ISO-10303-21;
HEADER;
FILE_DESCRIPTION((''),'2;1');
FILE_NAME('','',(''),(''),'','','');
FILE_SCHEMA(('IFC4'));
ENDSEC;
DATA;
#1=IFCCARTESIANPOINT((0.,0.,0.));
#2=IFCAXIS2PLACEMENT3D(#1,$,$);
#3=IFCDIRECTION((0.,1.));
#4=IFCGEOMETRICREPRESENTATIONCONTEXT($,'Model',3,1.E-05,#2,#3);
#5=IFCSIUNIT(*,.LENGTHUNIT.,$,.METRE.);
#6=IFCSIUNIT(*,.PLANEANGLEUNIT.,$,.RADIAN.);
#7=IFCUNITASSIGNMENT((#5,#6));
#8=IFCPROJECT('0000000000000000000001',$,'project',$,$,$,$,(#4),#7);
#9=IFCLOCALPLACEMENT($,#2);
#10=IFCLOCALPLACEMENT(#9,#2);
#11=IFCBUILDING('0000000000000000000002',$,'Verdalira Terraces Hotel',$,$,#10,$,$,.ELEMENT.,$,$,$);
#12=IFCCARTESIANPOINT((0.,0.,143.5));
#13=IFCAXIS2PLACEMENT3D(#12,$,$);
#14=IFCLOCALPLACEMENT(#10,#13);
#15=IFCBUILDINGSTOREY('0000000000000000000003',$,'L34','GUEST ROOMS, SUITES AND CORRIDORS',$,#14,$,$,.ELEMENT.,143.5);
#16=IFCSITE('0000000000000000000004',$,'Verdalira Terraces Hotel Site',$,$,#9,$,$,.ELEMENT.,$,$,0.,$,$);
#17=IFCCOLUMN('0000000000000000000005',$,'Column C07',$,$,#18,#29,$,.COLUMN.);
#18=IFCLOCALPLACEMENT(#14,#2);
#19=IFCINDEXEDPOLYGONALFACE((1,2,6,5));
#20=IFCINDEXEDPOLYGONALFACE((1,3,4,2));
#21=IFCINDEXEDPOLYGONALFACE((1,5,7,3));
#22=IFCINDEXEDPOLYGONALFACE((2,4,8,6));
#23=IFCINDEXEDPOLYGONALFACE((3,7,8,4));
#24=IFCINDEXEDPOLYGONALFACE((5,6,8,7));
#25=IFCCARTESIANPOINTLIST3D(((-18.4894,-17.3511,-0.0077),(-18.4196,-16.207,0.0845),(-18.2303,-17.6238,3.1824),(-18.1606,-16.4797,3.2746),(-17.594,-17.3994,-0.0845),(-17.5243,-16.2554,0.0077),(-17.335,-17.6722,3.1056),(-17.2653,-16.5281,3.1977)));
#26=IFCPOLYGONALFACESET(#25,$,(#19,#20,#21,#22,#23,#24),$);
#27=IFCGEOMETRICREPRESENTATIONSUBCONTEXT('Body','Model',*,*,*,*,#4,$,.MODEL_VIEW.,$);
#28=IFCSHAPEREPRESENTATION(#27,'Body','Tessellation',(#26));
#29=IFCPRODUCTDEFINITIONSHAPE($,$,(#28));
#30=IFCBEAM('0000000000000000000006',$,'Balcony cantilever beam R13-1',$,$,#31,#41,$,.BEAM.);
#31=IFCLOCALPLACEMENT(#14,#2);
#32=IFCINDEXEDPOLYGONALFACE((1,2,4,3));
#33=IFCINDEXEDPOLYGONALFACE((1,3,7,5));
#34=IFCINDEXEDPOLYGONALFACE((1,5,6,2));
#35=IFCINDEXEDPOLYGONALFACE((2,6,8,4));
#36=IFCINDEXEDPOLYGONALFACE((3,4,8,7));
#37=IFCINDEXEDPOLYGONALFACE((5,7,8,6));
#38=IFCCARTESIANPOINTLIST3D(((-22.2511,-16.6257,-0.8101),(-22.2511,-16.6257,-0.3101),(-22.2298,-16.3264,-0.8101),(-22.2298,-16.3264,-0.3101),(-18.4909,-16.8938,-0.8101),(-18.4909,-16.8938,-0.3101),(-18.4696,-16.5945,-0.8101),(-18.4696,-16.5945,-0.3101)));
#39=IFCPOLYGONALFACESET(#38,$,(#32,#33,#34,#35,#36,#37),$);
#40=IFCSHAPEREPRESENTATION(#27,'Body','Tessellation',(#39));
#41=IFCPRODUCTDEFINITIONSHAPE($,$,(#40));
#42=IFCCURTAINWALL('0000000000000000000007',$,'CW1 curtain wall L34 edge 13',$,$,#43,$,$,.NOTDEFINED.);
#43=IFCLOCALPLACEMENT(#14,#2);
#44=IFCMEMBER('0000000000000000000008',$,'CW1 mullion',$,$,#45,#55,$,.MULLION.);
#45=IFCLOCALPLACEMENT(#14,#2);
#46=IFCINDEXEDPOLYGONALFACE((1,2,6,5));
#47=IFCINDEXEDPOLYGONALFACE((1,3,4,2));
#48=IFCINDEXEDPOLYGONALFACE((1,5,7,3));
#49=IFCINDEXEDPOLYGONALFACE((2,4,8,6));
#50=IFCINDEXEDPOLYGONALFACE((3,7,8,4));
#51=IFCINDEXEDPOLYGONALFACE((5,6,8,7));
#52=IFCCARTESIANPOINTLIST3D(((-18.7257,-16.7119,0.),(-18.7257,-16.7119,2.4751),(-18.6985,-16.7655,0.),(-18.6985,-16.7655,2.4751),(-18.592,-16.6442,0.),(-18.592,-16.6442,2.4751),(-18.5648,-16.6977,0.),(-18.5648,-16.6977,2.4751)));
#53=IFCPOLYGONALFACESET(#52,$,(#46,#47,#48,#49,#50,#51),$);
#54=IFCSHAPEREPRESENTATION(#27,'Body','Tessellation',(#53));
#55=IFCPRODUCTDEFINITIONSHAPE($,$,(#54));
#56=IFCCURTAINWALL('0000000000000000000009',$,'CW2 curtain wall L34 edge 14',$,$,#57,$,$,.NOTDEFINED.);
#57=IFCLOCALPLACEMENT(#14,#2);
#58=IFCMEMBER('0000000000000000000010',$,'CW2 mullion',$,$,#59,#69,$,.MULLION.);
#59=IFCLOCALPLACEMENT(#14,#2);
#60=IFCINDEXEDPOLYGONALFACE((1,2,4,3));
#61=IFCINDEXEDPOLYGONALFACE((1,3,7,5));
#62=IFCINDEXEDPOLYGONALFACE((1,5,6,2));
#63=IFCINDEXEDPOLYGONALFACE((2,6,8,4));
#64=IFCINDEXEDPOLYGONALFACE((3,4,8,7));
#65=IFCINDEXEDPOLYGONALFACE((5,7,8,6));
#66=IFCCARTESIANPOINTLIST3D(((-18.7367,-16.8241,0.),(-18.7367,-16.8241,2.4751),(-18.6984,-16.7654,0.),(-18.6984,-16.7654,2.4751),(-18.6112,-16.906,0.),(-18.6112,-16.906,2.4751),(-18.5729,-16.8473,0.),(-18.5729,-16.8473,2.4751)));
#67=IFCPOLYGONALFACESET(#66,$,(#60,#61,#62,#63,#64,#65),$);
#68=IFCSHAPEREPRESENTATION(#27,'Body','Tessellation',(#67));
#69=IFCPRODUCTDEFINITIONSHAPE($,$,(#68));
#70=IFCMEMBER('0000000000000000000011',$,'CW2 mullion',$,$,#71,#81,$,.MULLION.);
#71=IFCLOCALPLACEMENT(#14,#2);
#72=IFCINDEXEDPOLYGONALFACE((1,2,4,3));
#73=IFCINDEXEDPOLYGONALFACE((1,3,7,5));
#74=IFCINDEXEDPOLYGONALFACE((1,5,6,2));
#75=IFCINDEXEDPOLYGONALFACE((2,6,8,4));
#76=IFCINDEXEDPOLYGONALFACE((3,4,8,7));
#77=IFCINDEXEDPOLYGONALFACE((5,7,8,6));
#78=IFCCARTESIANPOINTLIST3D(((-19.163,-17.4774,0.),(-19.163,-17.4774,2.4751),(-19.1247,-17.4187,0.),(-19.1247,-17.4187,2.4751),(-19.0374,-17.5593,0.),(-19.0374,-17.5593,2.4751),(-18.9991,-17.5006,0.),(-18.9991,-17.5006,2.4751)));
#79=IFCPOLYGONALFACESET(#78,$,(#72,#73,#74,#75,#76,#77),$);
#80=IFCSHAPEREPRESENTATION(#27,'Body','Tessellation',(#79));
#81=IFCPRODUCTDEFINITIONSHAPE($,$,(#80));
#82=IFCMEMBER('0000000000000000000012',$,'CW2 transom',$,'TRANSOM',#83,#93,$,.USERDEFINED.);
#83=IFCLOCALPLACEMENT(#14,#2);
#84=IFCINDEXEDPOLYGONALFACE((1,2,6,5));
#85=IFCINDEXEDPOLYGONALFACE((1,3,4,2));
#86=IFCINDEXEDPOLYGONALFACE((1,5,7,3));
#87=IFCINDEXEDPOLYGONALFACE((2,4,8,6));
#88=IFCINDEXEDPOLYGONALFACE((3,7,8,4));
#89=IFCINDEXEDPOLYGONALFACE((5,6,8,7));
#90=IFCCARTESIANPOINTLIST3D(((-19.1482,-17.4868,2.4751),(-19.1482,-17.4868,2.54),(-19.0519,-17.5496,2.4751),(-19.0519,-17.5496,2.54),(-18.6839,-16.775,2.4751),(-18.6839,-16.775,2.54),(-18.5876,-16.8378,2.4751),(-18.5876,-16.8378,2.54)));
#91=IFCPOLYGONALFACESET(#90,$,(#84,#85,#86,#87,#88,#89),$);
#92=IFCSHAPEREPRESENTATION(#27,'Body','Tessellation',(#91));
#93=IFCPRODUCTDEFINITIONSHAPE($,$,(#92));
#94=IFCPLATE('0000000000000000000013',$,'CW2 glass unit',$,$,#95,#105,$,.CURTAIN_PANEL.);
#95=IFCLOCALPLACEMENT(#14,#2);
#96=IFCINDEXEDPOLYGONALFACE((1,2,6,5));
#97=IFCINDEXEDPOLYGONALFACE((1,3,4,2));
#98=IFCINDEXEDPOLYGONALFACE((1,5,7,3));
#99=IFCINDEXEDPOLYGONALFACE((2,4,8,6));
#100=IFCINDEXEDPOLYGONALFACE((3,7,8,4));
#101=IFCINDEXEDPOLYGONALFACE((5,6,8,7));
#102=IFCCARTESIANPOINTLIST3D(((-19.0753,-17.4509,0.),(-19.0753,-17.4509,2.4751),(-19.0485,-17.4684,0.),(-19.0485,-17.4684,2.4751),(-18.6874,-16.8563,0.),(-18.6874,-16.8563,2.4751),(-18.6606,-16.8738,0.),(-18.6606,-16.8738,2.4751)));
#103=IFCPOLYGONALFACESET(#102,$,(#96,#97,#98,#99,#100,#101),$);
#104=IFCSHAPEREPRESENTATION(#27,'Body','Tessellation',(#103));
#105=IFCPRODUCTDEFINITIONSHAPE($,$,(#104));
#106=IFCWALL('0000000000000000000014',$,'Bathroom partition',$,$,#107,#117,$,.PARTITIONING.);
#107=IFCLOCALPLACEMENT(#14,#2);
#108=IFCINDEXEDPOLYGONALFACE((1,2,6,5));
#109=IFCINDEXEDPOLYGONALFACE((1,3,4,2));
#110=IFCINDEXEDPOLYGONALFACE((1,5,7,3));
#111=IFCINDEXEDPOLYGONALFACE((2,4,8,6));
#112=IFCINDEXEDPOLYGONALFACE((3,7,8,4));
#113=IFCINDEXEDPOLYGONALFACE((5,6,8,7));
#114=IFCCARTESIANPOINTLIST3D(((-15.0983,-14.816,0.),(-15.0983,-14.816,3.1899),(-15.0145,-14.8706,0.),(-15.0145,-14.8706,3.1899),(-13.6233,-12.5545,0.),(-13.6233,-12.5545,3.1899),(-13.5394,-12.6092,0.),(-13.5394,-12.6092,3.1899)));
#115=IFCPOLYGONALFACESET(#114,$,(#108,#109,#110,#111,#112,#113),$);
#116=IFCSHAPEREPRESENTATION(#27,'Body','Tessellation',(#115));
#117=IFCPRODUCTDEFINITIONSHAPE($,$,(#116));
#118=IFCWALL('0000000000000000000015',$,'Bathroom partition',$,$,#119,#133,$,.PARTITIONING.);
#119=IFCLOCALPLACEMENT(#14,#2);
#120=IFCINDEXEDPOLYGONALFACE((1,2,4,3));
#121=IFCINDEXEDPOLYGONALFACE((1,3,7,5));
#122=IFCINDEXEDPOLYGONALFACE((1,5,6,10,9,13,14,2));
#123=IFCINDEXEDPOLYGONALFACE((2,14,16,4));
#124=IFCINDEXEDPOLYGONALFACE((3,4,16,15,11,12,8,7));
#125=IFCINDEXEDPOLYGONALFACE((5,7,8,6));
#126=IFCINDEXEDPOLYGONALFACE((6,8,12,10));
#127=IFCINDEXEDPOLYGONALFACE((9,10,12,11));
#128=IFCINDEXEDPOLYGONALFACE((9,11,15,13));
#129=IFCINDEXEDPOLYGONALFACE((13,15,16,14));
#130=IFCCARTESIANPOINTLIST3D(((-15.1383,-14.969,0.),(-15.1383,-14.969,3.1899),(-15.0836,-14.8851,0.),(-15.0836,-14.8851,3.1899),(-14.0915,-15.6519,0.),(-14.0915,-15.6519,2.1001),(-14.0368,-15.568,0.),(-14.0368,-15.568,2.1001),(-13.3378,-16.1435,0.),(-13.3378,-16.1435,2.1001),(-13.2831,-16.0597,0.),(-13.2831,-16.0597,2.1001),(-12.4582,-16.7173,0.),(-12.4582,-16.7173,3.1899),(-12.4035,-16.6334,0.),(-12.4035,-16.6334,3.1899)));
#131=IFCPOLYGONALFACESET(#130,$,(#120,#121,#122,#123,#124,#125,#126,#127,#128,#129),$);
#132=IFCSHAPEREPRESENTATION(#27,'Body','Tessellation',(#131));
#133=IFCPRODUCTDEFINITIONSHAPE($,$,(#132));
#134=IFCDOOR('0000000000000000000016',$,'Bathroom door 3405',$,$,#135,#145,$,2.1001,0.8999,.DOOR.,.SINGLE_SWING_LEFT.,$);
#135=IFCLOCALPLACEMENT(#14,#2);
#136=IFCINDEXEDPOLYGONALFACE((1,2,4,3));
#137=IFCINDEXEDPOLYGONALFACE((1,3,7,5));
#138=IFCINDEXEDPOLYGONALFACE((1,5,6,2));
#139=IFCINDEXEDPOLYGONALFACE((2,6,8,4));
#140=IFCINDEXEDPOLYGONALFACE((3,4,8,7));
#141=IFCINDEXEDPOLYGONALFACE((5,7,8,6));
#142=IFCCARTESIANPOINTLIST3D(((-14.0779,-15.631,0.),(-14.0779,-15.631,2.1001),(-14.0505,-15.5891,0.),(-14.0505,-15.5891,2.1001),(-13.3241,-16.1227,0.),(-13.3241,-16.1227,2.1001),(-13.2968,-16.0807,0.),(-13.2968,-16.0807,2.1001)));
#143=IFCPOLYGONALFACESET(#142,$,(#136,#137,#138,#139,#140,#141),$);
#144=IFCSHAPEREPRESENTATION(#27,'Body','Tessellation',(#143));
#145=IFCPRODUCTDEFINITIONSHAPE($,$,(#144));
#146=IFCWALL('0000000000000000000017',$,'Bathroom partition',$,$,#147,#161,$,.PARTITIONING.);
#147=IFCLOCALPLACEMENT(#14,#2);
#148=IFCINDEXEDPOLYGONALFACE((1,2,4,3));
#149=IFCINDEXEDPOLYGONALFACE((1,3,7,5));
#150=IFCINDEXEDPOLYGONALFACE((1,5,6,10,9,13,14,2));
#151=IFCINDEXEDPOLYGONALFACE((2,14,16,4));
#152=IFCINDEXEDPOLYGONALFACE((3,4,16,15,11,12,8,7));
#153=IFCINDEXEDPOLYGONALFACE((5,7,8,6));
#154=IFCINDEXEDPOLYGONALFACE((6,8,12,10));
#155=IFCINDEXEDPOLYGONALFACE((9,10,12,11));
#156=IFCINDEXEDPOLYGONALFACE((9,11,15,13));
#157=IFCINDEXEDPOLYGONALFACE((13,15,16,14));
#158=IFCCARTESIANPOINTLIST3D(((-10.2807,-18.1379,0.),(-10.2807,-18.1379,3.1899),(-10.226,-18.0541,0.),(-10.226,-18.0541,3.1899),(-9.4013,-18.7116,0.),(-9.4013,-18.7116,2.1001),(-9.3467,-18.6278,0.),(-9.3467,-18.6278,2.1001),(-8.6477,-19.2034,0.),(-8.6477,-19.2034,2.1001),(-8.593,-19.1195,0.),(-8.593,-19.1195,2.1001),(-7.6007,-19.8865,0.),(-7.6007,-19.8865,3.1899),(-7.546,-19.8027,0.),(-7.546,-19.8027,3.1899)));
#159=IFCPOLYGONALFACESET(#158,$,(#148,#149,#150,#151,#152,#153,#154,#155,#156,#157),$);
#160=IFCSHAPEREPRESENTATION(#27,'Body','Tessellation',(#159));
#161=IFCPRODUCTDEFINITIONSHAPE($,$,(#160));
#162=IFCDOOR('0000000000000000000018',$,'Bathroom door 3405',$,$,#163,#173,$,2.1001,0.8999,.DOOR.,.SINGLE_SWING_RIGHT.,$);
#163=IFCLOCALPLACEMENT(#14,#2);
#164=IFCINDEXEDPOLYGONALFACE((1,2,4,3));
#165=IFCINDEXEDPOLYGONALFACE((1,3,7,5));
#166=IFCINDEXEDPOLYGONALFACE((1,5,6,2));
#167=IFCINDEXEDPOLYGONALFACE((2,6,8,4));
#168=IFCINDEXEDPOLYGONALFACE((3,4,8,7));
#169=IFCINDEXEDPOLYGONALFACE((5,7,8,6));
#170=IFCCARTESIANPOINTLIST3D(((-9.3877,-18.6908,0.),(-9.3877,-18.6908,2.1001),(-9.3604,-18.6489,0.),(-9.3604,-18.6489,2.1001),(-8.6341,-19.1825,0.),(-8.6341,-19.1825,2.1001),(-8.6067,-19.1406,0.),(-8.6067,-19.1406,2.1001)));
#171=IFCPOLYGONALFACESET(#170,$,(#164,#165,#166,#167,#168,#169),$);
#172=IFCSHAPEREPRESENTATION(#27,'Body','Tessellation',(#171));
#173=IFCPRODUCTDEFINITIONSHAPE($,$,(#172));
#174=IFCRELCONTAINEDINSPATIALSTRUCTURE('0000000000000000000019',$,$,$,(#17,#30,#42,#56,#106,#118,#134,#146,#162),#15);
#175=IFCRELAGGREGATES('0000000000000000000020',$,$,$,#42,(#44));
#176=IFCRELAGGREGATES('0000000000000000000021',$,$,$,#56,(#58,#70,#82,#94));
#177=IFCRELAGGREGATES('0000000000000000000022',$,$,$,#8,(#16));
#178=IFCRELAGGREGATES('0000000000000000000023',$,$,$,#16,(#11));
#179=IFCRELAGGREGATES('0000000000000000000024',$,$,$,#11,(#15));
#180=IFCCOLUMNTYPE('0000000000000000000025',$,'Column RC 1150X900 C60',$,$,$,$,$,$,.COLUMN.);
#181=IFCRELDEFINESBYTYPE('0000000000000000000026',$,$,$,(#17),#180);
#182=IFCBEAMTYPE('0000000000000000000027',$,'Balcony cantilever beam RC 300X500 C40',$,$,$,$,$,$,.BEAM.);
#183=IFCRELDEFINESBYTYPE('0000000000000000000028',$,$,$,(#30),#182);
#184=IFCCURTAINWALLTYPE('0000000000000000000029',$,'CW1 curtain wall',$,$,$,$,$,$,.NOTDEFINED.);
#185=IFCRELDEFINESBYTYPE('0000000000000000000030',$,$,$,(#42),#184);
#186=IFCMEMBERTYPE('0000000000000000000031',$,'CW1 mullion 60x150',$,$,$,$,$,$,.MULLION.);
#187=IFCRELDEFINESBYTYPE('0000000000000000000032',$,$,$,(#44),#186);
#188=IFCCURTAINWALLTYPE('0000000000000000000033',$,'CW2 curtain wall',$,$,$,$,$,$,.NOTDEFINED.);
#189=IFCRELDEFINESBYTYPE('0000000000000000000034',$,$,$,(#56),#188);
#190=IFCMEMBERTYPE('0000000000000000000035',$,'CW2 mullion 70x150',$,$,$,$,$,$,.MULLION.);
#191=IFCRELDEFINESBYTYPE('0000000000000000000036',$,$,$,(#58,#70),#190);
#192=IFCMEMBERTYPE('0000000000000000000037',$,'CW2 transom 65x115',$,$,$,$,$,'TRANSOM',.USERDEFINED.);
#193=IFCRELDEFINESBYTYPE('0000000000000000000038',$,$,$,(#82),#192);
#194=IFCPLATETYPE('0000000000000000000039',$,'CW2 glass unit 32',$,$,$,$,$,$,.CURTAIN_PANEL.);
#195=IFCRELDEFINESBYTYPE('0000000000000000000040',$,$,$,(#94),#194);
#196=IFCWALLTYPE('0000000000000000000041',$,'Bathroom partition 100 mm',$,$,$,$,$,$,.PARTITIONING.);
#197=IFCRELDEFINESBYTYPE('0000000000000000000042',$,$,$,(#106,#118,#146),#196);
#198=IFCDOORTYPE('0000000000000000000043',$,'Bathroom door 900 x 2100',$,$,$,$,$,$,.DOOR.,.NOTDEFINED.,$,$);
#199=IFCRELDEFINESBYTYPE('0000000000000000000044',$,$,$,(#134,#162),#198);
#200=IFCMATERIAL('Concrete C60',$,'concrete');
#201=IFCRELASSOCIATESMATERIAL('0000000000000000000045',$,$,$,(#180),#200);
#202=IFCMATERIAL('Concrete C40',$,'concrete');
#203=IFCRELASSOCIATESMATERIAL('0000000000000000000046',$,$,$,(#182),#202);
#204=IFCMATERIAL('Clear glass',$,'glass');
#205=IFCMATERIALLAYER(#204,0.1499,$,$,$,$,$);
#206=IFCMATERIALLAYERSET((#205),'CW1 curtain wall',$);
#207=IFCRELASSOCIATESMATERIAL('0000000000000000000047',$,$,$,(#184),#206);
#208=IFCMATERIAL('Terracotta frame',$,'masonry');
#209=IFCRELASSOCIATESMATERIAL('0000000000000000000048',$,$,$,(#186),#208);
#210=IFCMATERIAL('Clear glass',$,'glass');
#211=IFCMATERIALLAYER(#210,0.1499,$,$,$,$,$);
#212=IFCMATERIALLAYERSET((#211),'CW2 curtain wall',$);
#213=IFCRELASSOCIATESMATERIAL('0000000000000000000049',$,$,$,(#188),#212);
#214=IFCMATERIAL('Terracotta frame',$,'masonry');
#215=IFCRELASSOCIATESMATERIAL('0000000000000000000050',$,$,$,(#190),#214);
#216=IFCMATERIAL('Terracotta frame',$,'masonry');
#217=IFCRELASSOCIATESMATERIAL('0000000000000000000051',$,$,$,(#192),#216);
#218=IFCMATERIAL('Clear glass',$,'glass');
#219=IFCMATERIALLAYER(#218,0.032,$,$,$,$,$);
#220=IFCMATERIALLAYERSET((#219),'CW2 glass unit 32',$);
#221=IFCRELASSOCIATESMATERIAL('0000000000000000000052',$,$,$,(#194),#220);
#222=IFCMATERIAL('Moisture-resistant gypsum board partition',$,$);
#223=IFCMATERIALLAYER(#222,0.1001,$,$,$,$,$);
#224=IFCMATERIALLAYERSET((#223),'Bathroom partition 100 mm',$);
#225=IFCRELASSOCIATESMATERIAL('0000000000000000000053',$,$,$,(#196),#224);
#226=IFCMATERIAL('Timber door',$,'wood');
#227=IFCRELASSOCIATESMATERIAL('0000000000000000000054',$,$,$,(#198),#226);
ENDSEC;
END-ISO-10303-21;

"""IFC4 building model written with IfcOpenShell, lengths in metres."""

from ifc_helpers import new_model, si_unit, direction, frame, frame_2d, origin, origin_2d, place, context, subcontext, project, spatial, rectangle, extrude, material, layer, layer_set, material_profile, profile_set, type_object, element, fill, aggregate, save


model = new_model("IFC4")

# Units and contexts
model_context = context("Model", 3, precision=1e-05, world=origin(), true_north=direction((0.0, 1.0)))
body_context = subcontext(model_context, "Body", "Model", "MODEL_VIEW")
ifc_project = project(units=[si_unit("LENGTHUNIT", "METRE"), si_unit("PLANEANGLEUNIT", "RADIAN")], contexts=[model_context])

# Site, building, storey
site_placement = place(None, origin())
site = spatial("IfcSite", under=ifc_project, at=site_placement, Name="Verdalira Terraces Hotel Site", CompositionType="ELEMENT", RefElevation=0.0)
building_placement = place(site_placement, origin())
building = spatial("IfcBuilding", under=site, at=building_placement, Name="Verdalira Terraces Hotel", CompositionType="ELEMENT")
storey_placement = place(building_placement, frame((0.0, 0.0, 143.5)))
storey = spatial("IfcBuildingStorey", under=building, at=storey_placement, Name="L34", Description="GUEST ROOMS, SUITES AND CORRIDORS", CompositionType="ELEMENT", Elevation=143.5)

# Column
ifc_material_1 = material(Name="Concrete C60", Category="concrete")
ifc_material_profile_1 = material_profile(ifc_material_1, rectangle(XDim=1.1499, YDim=0.8999, at=origin_2d()), Name="RC 1150X900")
ifc_profile_set_1 = profile_set([ifc_material_profile_1], Name="Concrete C60")
column_type = type_object("IfcColumnType", Name="Column RC 1150X900 C60", PredefinedType="COLUMN", material=ifc_profile_set_1)
column_placement = place(storey_placement, frame((-18.0068, -16.8032, 0.0), z_axis=(0.080644, -0.084901, 0.99312), x_axis=(0.060631, 0.994938, 0.080133)))
element("IfcColumn", 1, at=column_placement, inside=storey, type_object=column_type, Name="Column C07", PredefinedType="COLUMN", context=body_context, shape_type="SweptSolid", body=[
    extrude(rectangle(XDim=1.1499, YDim=0.8999, at=origin_2d()), origin(), (0.0, 0.0, 1.0), 3.2122),
])

# Beam
ifc_material_2 = material(Name="Concrete C40", Category="concrete")
ifc_material_profile_2 = material_profile(ifc_material_2, rectangle(XDim=0.3, YDim=0.5, at=origin_2d()), Name="RC 300X500")
ifc_profile_set_2 = profile_set([ifc_material_profile_2], Name="Concrete C40")
beam_type = type_object("IfcBeamType", Name="Balcony cantilever beam RC 300X500 C40", PredefinedType="BEAM", material=ifc_profile_set_2)
beam_placement = place(storey_placement, frame((-18.4802, -16.7441, -0.5601), z_axis=(-0.997469, 0.071109, 0.0), x_axis=(-0.071109, -0.997469, 0.0)))
element("IfcBeam", 2, at=beam_placement, inside=storey, type_object=beam_type, Name="Balcony cantilever beam R13-1", PredefinedType="BEAM", context=body_context, shape_type="SweptSolid", body=[
    extrude(rectangle(XDim=0.3, YDim=0.5, at=origin_2d()), origin(), (0.0, 0.0, 1.0), 3.7698),
])

# Curtain wall, member
ifc_material_3 = material(Name="Clear glass", Category="glass")
ifc_layer_1 = layer(ifc_material_3, 0.1499)
ifc_layer_set_1 = layer_set([ifc_layer_1], Name="CW1 curtain wall")
curtain_wall_type_1 = type_object("IfcCurtainWallType", Name="CW1 curtain wall", PredefinedType="NOTDEFINED", material=ifc_layer_set_1)
curtain_wall_1_placement = place(storey_placement, origin())
curtain_wall_1 = element("IfcCurtainWall", 3, at=curtain_wall_1_placement, inside=storey, type_object=curtain_wall_type_1, Name="CW1 curtain wall L34 edge 13", PredefinedType="NOTDEFINED")
ifc_material_4 = material(Name="Terracotta frame", Category="masonry")
ifc_material_profile_3 = material_profile(ifc_material_4, rectangle(XDim=0.0601, YDim=0.1499, at=origin_2d()), Name="MU 60x150")
ifc_profile_set_3 = profile_set([ifc_material_profile_3], Name="Terracotta frame")
member_type_1 = type_object("IfcMemberType", Name="CW1 mullion 60x150", PredefinedType="MULLION", material=ifc_profile_set_3)
member_1_placement = place(storey_placement, frame((-18.6453, -16.7048, 0.0), z_axis=(0.0, 0.0, 1.0), x_axis=(0.452123, -0.891955, 0.0)))
member_1 = element("IfcMember", 4, at=member_1_placement, type_object=member_type_1, Name="CW1 mullion", PredefinedType="MULLION", context=body_context, shape_type="SweptSolid", body=[
    extrude(rectangle(XDim=0.0601, YDim=0.1499, at=origin_2d()), origin(), (0.0, 0.0, 1.0), 2.4751),
])
aggregate(curtain_wall_1, [member_1])

# Curtain wall, members, plate
ifc_material_5 = material(Name="Clear glass", Category="glass")
ifc_layer_2 = layer(ifc_material_5, 0.1499)
ifc_layer_set_2 = layer_set([ifc_layer_2], Name="CW2 curtain wall")
curtain_wall_type_2 = type_object("IfcCurtainWallType", Name="CW2 curtain wall", PredefinedType="NOTDEFINED", material=ifc_layer_set_2)
curtain_wall_2_placement = place(storey_placement, origin())
curtain_wall_2 = element("IfcCurtainWall", 5, at=curtain_wall_2_placement, inside=storey, type_object=curtain_wall_type_2, Name="CW2 curtain wall L34 edge 14", PredefinedType="NOTDEFINED")
ifc_material_6 = material(Name="Terracotta frame", Category="masonry")
ifc_material_profile_4 = material_profile(ifc_material_6, rectangle(XDim=0.0701, YDim=0.1499, at=origin_2d()), Name="MU 70x150")
ifc_profile_set_4 = profile_set([ifc_material_profile_4], Name="Terracotta frame")
member_type_2 = type_object("IfcMemberType", Name="CW2 mullion 70x150", PredefinedType="MULLION", material=ifc_profile_set_4)
member_2_placement = place(storey_placement, frame((-18.6548, -16.8357, 0.0), z_axis=(0.0, 0.0, 1.0), x_axis=(-0.546394, -0.837528, 0.0)))
member_2 = element("IfcMember", 6, at=member_2_placement, type_object=member_type_2, Name="CW2 mullion", PredefinedType="MULLION", context=body_context, shape_type="SweptSolid", body=[
    extrude(rectangle(XDim=0.0701, YDim=0.1499, at=origin_2d()), origin(), (0.0, 0.0, 1.0), 2.4751),
])
member_3_placement = place(storey_placement, frame((-19.0811, -17.489, 0.0), z_axis=(0.0, 0.0, 1.0), x_axis=(-0.546394, -0.837528, 0.0)))
member_3 = element("IfcMember", 7, at=member_3_placement, type_object=member_type_2, Name="CW2 mullion", PredefinedType="MULLION", context=body_context, shape_type="SweptSolid", body=[
    extrude(rectangle(XDim=0.0701, YDim=0.1499, at=origin_2d()), origin(), (0.0, 0.0, 1.0), 2.4751),
])
ifc_material_7 = material(Name="Terracotta frame", Category="masonry")
ifc_material_profile_5 = material_profile(ifc_material_7, rectangle(XDim=0.115, YDim=0.0649, at=origin_2d()), Name="TR 65x115")
ifc_profile_set_5 = profile_set([ifc_material_profile_5], Name="Terracotta frame")
member_type_3 = type_object("IfcMemberType", Name="CW2 transom 65x115", ElementType="TRANSOM", PredefinedType="USERDEFINED", material=ifc_profile_set_5)
member_4_placement = place(storey_placement, frame((-18.6357, -16.8064, 2.5076), z_axis=(-0.54632, -0.837576, 0.0), x_axis=(0.837576, -0.54632, 0.0)))
member_4 = element("IfcMember", 8, at=member_4_placement, type_object=member_type_3, Name="CW2 transom", ObjectType="TRANSOM", PredefinedType="USERDEFINED", context=body_context, shape_type="SweptSolid", body=[
    extrude(rectangle(XDim=0.115, YDim=0.0649, at=origin_2d()), origin(), (0.0, 0.0, 1.0), 0.8499),
])
ifc_material_8 = material(Name="Clear glass", Category="glass")
ifc_layer_3 = layer(ifc_material_8, 0.032)
ifc_layer_set_3 = layer_set([ifc_layer_3], Name="CW2 glass unit 32")
plate_type = type_object("IfcPlateType", Name="CW2 glass unit 32", PredefinedType="CURTAIN_PANEL", material=ifc_layer_set_3)
plate_placement = place(storey_placement, frame((-18.8679, -17.1624, 0.0), z_axis=(0.0, 0.0, 1.0), x_axis=(-0.546394, -0.837528, 0.0)))
plate = element("IfcPlate", 9, at=plate_placement, type_object=plate_type, Name="CW2 glass unit", PredefinedType="CURTAIN_PANEL", context=body_context, shape_type="SweptSolid", body=[
    extrude(rectangle(XDim=0.71, YDim=0.032, at=origin_2d()), origin(), (0.0, 0.0, 1.0), 2.4751),
])
aggregate(curtain_wall_2, [member_2, member_3, member_4, plate])

# Wall
ifc_material_9 = material(Name="Moisture-resistant gypsum board partition")
ifc_layer_4 = layer(ifc_material_9, 0.1001)
ifc_layer_set_4 = layer_set([ifc_layer_4], Name="Bathroom partition 100 mm")
wall_type_1 = type_object("IfcWallType", Name="Bathroom partition 100 mm", PredefinedType="PARTITIONING", material=ifc_layer_set_4)
wall_1_placement = place(storey_placement, frame((-13.5813, -12.5818, 0.0), z_axis=(0.0, 0.0, 1.0), x_axis=(-0.546326, -0.837573, 0.0)))
element("IfcWall", 10, at=wall_1_placement, inside=storey, type_object=wall_type_1, Name="Bathroom partition", PredefinedType="PARTITIONING", context=body_context, shape_type="SweptSolid", body=[
    extrude(rectangle(XDim=2.7, YDim=0.1001, at=frame_2d((1.3501, 0.0))), origin(), (0.0, 0.0, 1.0), 3.1899),
])

# Walls, openings, doors
wall_2_placement = place(storey_placement, frame((-15.1111, -14.927, 0.0), z_axis=(0.0, 0.0, 1.0), x_axis=(0.837561, -0.546345, 0.0)))
wall_2 = element("IfcWall", 11, at=wall_2_placement, inside=storey, type_object=wall_type_1, Name="Bathroom partition", PredefinedType="PARTITIONING", context=body_context, shape_type="SweptSolid", body=[
    extrude(rectangle(XDim=3.2, YDim=0.1001, at=frame_2d((1.6001, 0.0))), origin(), (0.0, 0.0, 1.0), 3.1899),
])
opening_1_placement = place(wall_2_placement, frame((1.25, 0.0, 0.0)))
opening_1 = element("IfcOpeningElement", 12, at=opening_1_placement, cuts=wall_2, PredefinedType="OPENING", context=body_context, shape_type="SweptSolid", body=[
    extrude(rectangle(XDim=0.8999, YDim=2.1001, at=frame_2d((0.45, 1.05))), frame((0.0, 0.0601, 0.0), z_axis=(0.0, -1.0, 0.0), x_axis=(1.0, 0.0, 0.0)), (0.0, 0.0, 1.0), 0.1201),
])
ifc_material_10 = material(Name="Timber door", Category="wood")
door_type_1 = type_object("IfcDoorType", Name="Bathroom door 900 x 2100", OperationType="NOTDEFINED", PredefinedType="DOOR", material=ifc_material_10)
door_1_placement = place(opening_1_placement, origin())
door_1 = element("IfcDoor", 13, at=door_1_placement, inside=storey, type_object=door_type_1, Name="Bathroom door 3405", OperationType="SINGLE_SWING_LEFT", OverallHeight=2.1001, OverallWidth=0.8999, PredefinedType="DOOR", context=body_context, shape_type="SweptSolid", body=[
    extrude(rectangle(XDim=0.8999, YDim=2.1001, at=frame_2d((0.45, 1.05))), frame((0.0, 0.0249, 0.0), z_axis=(0.0, -1.0, 0.0), x_axis=(1.0, 0.0, 0.0)), (0.0, 0.0, 1.0), 0.05),
])
fill(opening_1, door_1)
wall_3_placement = place(storey_placement, frame((-10.2534, -18.0959, 0.0), z_axis=(0.0, 0.0, 1.0), x_axis=(0.837503, -0.546433, 0.0)))
wall_3 = element("IfcWall", 14, at=wall_3_placement, inside=storey, type_object=wall_type_1, Name="Bathroom partition", PredefinedType="PARTITIONING", context=body_context, shape_type="SweptSolid", body=[
    extrude(rectangle(XDim=3.2, YDim=0.1001, at=frame_2d((1.6001, 0.0))), origin(), (0.0, 0.0, 1.0), 3.1899),
])
opening_2_placement = place(wall_3_placement, frame((1.05, 0.0, 0.0)))
opening_2 = element("IfcOpeningElement", 15, at=opening_2_placement, cuts=wall_3, PredefinedType="OPENING", context=body_context, shape_type="SweptSolid", body=[
    extrude(rectangle(XDim=0.8999, YDim=2.1001, at=frame_2d((0.45, 1.05))), frame((0.0, 0.0601, 0.0), z_axis=(0.0, -1.0, 0.0), x_axis=(1.0, 0.0, 0.0)), (0.0, 0.0, 1.0), 0.1201),
])
door_2_placement = place(opening_2_placement, origin())
door_2 = element("IfcDoor", 16, at=door_2_placement, inside=storey, type_object=door_type_1, Name="Bathroom door 3405", OperationType="SINGLE_SWING_RIGHT", OverallHeight=2.1001, OverallWidth=0.8999, PredefinedType="DOOR", context=body_context, shape_type="SweptSolid", body=[
    extrude(rectangle(XDim=0.8999, YDim=2.1001, at=frame_2d((0.45, 1.05))), frame((0.0, 0.0249, 0.0), z_axis=(0.0, -1.0, 0.0), x_axis=(1.0, 0.0, 0.0)), (0.0, 0.0, 1.0), 0.05),
])
fill(opening_2, door_2)

save(model, "model.ifc")
